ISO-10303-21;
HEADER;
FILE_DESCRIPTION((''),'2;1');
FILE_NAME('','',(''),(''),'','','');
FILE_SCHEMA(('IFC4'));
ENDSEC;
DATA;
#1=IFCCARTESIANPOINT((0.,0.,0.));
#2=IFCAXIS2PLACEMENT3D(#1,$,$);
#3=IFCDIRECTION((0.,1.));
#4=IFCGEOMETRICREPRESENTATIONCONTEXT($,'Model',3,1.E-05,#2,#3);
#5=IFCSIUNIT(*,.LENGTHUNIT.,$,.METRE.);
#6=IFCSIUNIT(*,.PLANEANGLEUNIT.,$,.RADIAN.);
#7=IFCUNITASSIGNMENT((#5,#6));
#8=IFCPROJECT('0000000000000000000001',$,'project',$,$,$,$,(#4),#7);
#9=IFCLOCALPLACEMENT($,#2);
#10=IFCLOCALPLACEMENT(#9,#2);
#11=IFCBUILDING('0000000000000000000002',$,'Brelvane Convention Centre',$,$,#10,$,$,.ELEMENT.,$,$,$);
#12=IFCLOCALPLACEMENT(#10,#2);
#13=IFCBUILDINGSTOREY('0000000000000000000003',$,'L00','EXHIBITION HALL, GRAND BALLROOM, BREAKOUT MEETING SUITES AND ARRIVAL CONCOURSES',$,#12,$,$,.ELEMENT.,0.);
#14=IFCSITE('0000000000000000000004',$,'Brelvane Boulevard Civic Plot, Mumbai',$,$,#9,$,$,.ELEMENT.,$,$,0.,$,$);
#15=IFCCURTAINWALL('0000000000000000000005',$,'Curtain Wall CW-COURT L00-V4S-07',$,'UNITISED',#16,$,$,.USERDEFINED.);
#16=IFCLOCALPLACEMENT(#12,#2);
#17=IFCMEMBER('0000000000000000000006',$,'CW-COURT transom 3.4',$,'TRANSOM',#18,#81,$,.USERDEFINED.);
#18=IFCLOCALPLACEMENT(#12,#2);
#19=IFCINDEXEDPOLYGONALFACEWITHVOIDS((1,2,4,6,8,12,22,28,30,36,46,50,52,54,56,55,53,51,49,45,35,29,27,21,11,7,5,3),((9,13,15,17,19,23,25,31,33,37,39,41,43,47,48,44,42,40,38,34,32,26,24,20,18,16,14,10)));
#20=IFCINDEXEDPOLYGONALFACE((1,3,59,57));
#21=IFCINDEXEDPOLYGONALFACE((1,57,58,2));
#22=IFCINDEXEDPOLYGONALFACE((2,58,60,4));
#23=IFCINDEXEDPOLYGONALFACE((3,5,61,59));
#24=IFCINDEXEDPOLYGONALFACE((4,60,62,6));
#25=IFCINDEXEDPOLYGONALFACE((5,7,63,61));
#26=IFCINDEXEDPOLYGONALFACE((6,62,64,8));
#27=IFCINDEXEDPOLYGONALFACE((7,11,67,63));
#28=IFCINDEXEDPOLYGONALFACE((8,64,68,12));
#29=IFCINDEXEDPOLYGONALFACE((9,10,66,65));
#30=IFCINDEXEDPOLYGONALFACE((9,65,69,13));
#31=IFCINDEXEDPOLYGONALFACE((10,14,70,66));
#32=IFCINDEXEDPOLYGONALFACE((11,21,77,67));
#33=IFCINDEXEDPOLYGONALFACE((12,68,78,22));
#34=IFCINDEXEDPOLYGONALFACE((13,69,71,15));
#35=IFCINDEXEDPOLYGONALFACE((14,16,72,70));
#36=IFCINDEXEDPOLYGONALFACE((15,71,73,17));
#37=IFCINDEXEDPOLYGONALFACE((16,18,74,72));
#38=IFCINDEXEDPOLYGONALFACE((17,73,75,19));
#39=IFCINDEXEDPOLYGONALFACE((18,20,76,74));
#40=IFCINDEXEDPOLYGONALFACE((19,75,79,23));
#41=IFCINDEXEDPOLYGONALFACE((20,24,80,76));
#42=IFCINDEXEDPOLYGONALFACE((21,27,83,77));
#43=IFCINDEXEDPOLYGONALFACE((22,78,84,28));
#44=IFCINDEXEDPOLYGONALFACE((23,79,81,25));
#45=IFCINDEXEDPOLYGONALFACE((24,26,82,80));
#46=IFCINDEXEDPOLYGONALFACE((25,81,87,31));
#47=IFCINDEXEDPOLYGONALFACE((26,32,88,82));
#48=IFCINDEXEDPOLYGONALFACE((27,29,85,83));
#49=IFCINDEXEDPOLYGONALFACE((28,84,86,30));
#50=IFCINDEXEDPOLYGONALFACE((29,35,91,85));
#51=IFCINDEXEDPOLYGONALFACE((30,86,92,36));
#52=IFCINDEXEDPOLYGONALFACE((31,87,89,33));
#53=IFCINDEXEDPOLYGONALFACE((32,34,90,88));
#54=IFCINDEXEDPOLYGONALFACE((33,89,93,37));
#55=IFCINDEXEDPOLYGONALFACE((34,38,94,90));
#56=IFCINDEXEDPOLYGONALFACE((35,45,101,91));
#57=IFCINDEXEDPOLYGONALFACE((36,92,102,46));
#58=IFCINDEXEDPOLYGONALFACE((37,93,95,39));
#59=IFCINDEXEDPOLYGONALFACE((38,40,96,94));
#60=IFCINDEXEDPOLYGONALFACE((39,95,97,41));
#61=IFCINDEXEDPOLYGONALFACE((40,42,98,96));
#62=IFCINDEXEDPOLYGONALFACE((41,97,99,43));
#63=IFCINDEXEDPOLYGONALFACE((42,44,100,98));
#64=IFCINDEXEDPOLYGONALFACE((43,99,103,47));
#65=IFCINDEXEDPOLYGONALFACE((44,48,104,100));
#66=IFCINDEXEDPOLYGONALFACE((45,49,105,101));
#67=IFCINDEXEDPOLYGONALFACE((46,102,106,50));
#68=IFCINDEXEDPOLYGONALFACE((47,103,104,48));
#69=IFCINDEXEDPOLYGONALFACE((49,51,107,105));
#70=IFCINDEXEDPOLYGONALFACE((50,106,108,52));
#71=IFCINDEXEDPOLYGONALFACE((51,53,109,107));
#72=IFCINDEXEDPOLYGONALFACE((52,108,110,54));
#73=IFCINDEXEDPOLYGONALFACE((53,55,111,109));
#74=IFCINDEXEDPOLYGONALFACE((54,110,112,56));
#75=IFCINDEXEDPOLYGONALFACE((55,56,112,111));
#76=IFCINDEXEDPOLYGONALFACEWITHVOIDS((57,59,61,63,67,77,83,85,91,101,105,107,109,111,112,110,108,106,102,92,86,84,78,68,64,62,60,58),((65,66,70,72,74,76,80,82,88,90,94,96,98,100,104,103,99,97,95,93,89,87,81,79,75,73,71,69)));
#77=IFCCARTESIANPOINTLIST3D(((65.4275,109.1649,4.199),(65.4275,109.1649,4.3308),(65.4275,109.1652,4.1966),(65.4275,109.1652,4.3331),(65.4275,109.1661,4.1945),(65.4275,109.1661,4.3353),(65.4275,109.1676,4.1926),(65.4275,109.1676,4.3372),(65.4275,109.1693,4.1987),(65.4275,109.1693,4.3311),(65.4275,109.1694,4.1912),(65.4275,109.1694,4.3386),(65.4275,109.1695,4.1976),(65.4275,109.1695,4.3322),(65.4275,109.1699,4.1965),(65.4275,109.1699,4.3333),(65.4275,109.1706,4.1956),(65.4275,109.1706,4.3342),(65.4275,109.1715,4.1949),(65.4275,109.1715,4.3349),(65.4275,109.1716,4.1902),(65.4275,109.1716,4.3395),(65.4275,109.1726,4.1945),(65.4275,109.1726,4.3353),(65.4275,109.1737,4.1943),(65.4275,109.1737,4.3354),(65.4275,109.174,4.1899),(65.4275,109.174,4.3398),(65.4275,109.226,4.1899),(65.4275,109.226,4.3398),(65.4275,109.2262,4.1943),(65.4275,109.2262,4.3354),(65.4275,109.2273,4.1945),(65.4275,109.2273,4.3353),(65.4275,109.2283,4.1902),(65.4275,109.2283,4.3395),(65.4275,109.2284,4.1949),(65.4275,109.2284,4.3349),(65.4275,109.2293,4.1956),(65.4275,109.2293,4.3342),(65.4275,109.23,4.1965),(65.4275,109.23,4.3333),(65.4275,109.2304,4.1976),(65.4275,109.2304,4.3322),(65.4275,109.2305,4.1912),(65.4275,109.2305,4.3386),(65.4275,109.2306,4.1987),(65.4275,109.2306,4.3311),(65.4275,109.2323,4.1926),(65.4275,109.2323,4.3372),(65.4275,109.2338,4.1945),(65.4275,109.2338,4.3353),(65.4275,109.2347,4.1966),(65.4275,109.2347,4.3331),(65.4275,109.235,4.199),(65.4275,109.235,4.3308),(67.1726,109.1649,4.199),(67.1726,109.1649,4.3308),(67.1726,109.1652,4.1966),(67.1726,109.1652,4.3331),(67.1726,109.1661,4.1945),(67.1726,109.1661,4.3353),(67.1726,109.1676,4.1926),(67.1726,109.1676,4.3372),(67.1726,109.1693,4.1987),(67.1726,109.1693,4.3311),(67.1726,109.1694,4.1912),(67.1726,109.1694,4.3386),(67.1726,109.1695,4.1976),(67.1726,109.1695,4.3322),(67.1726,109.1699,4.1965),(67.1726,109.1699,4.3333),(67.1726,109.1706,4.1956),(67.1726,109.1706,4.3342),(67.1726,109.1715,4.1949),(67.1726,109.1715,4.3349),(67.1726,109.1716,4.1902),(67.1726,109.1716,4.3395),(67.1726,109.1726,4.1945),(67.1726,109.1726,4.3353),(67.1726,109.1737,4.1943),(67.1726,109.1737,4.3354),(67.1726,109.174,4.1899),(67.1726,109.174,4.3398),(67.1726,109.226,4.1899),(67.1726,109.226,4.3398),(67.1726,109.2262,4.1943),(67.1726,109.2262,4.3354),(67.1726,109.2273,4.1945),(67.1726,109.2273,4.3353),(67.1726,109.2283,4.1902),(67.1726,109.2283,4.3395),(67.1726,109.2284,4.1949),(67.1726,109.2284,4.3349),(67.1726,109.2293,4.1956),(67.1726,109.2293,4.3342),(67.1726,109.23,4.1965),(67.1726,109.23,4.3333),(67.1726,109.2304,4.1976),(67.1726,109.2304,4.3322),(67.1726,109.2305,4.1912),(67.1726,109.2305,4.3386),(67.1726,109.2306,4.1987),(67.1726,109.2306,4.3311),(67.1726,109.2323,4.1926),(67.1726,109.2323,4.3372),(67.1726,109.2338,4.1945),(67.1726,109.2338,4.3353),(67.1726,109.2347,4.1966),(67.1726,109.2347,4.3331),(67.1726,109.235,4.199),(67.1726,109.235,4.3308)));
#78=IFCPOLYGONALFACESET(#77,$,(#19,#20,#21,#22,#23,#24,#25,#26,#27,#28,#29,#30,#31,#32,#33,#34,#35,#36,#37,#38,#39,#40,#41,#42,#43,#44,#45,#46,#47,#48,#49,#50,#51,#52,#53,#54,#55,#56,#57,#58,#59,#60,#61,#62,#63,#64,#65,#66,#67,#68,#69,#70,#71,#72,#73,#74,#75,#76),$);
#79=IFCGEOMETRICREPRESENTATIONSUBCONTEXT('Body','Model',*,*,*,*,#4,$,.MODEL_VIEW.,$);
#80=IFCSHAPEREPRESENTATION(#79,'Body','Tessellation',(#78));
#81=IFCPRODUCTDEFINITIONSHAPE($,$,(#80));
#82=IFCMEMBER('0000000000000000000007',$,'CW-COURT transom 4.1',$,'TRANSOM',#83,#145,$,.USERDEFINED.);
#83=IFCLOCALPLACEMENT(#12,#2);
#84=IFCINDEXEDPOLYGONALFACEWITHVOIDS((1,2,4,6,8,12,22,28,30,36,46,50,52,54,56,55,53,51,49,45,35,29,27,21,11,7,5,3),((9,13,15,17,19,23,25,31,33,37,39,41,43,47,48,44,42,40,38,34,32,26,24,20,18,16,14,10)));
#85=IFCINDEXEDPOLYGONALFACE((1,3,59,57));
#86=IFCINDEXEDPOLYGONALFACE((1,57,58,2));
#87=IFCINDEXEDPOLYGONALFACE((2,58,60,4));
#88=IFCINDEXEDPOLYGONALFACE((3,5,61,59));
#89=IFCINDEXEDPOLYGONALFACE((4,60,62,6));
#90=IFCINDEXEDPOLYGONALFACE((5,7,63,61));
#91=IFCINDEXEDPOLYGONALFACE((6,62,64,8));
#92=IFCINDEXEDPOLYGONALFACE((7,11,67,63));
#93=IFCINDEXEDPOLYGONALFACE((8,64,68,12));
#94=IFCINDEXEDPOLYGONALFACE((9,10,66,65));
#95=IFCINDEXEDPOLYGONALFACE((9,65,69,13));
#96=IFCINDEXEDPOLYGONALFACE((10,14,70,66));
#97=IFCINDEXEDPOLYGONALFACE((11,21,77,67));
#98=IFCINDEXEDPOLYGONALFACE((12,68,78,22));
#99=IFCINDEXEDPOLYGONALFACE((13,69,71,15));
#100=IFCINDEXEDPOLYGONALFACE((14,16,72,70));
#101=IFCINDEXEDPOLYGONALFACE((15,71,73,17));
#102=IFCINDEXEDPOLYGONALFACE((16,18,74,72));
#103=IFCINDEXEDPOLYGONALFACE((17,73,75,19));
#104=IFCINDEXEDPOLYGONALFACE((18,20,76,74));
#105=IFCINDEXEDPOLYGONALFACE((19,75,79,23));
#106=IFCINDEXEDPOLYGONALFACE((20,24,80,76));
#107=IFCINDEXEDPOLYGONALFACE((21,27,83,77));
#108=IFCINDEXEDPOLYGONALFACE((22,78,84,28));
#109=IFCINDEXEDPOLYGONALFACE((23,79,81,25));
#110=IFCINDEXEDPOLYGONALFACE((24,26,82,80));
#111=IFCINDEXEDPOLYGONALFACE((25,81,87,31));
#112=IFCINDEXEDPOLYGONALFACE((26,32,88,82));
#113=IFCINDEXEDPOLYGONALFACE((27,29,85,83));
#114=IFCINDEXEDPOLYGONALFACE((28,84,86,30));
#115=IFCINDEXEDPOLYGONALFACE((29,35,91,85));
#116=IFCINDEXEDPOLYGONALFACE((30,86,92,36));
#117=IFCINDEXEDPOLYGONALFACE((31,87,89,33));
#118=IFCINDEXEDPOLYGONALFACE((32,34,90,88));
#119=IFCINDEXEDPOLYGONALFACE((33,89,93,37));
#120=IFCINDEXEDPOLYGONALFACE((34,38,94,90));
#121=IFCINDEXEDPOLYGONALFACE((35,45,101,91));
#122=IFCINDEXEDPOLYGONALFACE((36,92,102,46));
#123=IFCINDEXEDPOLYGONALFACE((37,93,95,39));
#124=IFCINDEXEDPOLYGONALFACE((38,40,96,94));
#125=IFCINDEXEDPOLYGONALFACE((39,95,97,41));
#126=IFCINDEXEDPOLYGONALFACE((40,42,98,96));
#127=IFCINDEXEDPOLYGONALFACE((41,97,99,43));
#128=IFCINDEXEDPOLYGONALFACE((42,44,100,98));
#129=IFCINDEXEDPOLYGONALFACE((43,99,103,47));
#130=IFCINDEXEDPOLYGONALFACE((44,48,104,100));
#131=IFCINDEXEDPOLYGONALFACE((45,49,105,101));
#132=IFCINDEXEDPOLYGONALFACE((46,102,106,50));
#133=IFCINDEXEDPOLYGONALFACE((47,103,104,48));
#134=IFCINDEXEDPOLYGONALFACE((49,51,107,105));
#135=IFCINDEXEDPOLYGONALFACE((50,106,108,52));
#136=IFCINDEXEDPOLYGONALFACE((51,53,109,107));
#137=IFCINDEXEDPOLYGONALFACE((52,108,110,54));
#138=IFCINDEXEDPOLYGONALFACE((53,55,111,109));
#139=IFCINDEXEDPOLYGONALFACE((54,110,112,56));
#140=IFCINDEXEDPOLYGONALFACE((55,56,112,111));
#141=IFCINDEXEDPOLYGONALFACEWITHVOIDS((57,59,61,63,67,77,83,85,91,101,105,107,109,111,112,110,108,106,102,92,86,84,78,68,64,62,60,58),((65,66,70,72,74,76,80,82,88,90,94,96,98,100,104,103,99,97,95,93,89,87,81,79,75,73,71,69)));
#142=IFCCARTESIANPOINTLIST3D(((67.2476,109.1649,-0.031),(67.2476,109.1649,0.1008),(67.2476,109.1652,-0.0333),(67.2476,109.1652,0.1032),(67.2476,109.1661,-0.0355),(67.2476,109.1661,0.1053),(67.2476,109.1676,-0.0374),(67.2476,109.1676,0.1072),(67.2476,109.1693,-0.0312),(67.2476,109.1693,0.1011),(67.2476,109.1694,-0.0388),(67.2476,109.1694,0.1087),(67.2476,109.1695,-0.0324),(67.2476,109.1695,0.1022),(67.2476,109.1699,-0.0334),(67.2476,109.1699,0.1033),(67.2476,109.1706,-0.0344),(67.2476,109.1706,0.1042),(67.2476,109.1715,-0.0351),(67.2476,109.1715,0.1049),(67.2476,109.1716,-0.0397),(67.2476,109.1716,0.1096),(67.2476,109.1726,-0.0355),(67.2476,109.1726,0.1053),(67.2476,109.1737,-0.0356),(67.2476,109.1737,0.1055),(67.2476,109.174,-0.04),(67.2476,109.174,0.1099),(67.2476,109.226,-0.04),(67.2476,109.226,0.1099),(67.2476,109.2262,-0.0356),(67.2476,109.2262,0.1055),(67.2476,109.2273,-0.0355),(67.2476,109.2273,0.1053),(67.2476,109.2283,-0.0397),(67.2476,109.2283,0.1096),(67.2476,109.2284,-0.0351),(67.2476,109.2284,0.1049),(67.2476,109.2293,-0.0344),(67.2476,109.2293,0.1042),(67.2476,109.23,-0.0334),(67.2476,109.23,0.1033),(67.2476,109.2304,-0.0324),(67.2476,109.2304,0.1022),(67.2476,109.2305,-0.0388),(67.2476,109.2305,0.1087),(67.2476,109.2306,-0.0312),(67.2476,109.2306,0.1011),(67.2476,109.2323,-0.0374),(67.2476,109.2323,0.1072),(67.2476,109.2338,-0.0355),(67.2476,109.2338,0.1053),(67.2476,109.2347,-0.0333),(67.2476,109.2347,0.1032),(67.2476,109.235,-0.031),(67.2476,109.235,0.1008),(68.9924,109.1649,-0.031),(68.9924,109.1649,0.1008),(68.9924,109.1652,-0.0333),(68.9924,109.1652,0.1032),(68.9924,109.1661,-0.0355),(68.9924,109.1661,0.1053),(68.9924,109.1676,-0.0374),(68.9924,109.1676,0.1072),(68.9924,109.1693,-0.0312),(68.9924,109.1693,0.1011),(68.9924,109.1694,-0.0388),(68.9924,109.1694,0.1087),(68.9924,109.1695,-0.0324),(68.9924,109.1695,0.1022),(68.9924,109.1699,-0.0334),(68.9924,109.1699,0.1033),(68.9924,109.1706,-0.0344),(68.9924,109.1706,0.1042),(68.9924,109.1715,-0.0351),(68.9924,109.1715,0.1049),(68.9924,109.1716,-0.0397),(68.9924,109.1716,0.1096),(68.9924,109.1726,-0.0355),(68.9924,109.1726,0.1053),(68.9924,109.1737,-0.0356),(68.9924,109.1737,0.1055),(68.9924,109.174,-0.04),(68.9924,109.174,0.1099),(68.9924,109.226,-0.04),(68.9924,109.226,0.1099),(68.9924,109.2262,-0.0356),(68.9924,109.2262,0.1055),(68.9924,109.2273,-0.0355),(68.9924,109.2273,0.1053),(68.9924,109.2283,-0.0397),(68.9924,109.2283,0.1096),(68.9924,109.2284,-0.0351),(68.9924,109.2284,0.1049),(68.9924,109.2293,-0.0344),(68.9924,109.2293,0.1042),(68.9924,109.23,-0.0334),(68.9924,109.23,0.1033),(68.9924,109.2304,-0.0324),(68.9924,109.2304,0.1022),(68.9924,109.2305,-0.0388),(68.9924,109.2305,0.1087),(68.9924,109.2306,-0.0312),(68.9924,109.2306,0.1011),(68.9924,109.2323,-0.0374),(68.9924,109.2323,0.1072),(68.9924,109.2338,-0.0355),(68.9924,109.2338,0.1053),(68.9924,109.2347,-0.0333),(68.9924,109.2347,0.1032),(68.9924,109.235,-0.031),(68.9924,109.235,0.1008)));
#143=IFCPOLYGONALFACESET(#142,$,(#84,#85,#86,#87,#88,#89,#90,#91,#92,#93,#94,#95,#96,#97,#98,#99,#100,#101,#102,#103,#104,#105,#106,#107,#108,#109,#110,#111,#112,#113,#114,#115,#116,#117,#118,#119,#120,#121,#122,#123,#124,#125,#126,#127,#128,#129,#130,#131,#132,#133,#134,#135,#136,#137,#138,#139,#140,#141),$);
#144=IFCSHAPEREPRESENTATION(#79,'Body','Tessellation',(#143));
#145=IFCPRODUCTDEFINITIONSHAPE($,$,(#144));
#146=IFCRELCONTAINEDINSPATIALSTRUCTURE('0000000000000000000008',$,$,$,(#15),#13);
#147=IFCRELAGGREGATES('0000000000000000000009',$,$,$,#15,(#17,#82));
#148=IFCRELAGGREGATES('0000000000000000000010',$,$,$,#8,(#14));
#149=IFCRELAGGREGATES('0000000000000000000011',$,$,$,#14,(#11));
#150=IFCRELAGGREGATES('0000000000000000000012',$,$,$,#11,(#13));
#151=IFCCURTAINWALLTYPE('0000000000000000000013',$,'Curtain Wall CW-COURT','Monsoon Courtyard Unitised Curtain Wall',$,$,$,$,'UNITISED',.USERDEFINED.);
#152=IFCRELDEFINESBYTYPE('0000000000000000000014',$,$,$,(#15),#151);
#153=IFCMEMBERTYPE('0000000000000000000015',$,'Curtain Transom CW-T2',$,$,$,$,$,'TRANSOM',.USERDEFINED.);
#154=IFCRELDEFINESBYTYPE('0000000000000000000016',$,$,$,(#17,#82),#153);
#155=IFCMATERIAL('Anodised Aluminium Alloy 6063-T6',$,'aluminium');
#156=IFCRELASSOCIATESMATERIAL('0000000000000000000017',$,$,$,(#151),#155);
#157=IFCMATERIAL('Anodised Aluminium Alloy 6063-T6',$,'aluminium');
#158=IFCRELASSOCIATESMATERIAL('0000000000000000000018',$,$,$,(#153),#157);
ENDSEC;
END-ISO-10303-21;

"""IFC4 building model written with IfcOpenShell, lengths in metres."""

from ifc_helpers import new_model, si_unit, direction, frame, origin, origin_2d, place, context, subcontext, project, spatial, hollow_rectangle, extrude, material, material_profile, profile_set, type_object, element, aggregate, save


model = new_model("IFC4")

# Units and contexts
model_context = context("Model", 3, precision=1e-05, world=origin(), true_north=direction((0.0, 1.0)))
body_context = subcontext(model_context, "Body", "Model", "MODEL_VIEW")
ifc_project = project(units=[si_unit("LENGTHUNIT", "METRE"), si_unit("PLANEANGLEUNIT", "RADIAN")], contexts=[model_context])

# Site, building, storey
site_placement = place(None, origin())
site = spatial("IfcSite", under=ifc_project, at=site_placement, Name="Brelvane Boulevard Civic Plot, Mumbai", CompositionType="ELEMENT", RefElevation=0.0)
building_placement = place(site_placement, origin())
building = spatial("IfcBuilding", under=site, at=building_placement, Name="Brelvane Convention Centre", CompositionType="ELEMENT")
storey_placement = place(building_placement, origin())
storey = spatial("IfcBuildingStorey", under=building, at=storey_placement, Name="L00", Description="EXHIBITION HALL, GRAND BALLROOM, BREAKOUT MEETING SUITES AND ARRIVAL CONCOURSES", CompositionType="ELEMENT", Elevation=0.0)

# Curtain wall, members
ifc_material_1 = material(Name="Anodised Aluminium Alloy 6063-T6", Category="aluminium")
curtain_wall_type = type_object("IfcCurtainWallType", Name="Curtain Wall CW-COURT", Description="Monsoon Courtyard Unitised Curtain Wall", ElementType="UNITISED", PredefinedType="USERDEFINED", material=ifc_material_1)
curtain_wall_placement = place(storey_placement, origin())
curtain_wall = element("IfcCurtainWall", 1, at=curtain_wall_placement, inside=storey, type_object=curtain_wall_type, Name="Curtain Wall CW-COURT L00-V4S-07", ObjectType="UNITISED", PredefinedType="USERDEFINED")
ifc_material_2 = material(Name="Anodised Aluminium Alloy 6063-T6", Category="aluminium")
ifc_material_profile_1 = material_profile(ifc_material_2, hollow_rectangle(XDim=0.0701, YDim=0.1499, WallThickness=0.0044, InnerFilletRadius=0.0044, OuterFilletRadius=0.009, at=origin_2d()), Name="ALU-T 150x70x4.5")
ifc_profile_set_1 = profile_set([ifc_material_profile_1], Name="Anodised Aluminium Alloy 6063-T6")
member_type_1 = type_object("IfcMemberType", Name="Curtain Transom CW-T2", ElementType="TRANSOM", PredefinedType="USERDEFINED", material=ifc_profile_set_1)
member_1_placement = place(storey_placement, frame((65.4275, 109.2, 4.2649), z_axis=(1.0, 0.0, 0.0), x_axis=(0.0, 1.0, 0.0)))
member_1 = element("IfcMember", 2, at=member_1_placement, type_object=member_type_1, Name="CW-COURT transom 3.4", ObjectType="TRANSOM", PredefinedType="USERDEFINED", context=body_context, shape_type="SweptSolid", body=[
    extrude(hollow_rectangle(XDim=0.0701, YDim=0.1499, WallThickness=0.0044, InnerFilletRadius=0.0044, OuterFilletRadius=0.009, at=origin_2d()), origin(), (0.0, 0.0, 1.0), 1.7451),
])
member_2_placement = place(storey_placement, frame((67.2476, 109.2, 0.0349), z_axis=(1.0, 0.0, 0.0), x_axis=(0.0, 1.0, 0.0)))
member_2 = element("IfcMember", 3, at=member_2_placement, type_object=member_type_1, Name="CW-COURT transom 4.1", ObjectType="TRANSOM", PredefinedType="USERDEFINED", context=body_context, shape_type="SweptSolid", body=[
    extrude(hollow_rectangle(XDim=0.0701, YDim=0.1499, WallThickness=0.0044, InnerFilletRadius=0.0044, OuterFilletRadius=0.009, at=origin_2d()), origin(), (0.0, 0.0, 1.0), 1.7449),
])
aggregate(curtain_wall, [member_1, member_2])

save(model, "model.ifc")
